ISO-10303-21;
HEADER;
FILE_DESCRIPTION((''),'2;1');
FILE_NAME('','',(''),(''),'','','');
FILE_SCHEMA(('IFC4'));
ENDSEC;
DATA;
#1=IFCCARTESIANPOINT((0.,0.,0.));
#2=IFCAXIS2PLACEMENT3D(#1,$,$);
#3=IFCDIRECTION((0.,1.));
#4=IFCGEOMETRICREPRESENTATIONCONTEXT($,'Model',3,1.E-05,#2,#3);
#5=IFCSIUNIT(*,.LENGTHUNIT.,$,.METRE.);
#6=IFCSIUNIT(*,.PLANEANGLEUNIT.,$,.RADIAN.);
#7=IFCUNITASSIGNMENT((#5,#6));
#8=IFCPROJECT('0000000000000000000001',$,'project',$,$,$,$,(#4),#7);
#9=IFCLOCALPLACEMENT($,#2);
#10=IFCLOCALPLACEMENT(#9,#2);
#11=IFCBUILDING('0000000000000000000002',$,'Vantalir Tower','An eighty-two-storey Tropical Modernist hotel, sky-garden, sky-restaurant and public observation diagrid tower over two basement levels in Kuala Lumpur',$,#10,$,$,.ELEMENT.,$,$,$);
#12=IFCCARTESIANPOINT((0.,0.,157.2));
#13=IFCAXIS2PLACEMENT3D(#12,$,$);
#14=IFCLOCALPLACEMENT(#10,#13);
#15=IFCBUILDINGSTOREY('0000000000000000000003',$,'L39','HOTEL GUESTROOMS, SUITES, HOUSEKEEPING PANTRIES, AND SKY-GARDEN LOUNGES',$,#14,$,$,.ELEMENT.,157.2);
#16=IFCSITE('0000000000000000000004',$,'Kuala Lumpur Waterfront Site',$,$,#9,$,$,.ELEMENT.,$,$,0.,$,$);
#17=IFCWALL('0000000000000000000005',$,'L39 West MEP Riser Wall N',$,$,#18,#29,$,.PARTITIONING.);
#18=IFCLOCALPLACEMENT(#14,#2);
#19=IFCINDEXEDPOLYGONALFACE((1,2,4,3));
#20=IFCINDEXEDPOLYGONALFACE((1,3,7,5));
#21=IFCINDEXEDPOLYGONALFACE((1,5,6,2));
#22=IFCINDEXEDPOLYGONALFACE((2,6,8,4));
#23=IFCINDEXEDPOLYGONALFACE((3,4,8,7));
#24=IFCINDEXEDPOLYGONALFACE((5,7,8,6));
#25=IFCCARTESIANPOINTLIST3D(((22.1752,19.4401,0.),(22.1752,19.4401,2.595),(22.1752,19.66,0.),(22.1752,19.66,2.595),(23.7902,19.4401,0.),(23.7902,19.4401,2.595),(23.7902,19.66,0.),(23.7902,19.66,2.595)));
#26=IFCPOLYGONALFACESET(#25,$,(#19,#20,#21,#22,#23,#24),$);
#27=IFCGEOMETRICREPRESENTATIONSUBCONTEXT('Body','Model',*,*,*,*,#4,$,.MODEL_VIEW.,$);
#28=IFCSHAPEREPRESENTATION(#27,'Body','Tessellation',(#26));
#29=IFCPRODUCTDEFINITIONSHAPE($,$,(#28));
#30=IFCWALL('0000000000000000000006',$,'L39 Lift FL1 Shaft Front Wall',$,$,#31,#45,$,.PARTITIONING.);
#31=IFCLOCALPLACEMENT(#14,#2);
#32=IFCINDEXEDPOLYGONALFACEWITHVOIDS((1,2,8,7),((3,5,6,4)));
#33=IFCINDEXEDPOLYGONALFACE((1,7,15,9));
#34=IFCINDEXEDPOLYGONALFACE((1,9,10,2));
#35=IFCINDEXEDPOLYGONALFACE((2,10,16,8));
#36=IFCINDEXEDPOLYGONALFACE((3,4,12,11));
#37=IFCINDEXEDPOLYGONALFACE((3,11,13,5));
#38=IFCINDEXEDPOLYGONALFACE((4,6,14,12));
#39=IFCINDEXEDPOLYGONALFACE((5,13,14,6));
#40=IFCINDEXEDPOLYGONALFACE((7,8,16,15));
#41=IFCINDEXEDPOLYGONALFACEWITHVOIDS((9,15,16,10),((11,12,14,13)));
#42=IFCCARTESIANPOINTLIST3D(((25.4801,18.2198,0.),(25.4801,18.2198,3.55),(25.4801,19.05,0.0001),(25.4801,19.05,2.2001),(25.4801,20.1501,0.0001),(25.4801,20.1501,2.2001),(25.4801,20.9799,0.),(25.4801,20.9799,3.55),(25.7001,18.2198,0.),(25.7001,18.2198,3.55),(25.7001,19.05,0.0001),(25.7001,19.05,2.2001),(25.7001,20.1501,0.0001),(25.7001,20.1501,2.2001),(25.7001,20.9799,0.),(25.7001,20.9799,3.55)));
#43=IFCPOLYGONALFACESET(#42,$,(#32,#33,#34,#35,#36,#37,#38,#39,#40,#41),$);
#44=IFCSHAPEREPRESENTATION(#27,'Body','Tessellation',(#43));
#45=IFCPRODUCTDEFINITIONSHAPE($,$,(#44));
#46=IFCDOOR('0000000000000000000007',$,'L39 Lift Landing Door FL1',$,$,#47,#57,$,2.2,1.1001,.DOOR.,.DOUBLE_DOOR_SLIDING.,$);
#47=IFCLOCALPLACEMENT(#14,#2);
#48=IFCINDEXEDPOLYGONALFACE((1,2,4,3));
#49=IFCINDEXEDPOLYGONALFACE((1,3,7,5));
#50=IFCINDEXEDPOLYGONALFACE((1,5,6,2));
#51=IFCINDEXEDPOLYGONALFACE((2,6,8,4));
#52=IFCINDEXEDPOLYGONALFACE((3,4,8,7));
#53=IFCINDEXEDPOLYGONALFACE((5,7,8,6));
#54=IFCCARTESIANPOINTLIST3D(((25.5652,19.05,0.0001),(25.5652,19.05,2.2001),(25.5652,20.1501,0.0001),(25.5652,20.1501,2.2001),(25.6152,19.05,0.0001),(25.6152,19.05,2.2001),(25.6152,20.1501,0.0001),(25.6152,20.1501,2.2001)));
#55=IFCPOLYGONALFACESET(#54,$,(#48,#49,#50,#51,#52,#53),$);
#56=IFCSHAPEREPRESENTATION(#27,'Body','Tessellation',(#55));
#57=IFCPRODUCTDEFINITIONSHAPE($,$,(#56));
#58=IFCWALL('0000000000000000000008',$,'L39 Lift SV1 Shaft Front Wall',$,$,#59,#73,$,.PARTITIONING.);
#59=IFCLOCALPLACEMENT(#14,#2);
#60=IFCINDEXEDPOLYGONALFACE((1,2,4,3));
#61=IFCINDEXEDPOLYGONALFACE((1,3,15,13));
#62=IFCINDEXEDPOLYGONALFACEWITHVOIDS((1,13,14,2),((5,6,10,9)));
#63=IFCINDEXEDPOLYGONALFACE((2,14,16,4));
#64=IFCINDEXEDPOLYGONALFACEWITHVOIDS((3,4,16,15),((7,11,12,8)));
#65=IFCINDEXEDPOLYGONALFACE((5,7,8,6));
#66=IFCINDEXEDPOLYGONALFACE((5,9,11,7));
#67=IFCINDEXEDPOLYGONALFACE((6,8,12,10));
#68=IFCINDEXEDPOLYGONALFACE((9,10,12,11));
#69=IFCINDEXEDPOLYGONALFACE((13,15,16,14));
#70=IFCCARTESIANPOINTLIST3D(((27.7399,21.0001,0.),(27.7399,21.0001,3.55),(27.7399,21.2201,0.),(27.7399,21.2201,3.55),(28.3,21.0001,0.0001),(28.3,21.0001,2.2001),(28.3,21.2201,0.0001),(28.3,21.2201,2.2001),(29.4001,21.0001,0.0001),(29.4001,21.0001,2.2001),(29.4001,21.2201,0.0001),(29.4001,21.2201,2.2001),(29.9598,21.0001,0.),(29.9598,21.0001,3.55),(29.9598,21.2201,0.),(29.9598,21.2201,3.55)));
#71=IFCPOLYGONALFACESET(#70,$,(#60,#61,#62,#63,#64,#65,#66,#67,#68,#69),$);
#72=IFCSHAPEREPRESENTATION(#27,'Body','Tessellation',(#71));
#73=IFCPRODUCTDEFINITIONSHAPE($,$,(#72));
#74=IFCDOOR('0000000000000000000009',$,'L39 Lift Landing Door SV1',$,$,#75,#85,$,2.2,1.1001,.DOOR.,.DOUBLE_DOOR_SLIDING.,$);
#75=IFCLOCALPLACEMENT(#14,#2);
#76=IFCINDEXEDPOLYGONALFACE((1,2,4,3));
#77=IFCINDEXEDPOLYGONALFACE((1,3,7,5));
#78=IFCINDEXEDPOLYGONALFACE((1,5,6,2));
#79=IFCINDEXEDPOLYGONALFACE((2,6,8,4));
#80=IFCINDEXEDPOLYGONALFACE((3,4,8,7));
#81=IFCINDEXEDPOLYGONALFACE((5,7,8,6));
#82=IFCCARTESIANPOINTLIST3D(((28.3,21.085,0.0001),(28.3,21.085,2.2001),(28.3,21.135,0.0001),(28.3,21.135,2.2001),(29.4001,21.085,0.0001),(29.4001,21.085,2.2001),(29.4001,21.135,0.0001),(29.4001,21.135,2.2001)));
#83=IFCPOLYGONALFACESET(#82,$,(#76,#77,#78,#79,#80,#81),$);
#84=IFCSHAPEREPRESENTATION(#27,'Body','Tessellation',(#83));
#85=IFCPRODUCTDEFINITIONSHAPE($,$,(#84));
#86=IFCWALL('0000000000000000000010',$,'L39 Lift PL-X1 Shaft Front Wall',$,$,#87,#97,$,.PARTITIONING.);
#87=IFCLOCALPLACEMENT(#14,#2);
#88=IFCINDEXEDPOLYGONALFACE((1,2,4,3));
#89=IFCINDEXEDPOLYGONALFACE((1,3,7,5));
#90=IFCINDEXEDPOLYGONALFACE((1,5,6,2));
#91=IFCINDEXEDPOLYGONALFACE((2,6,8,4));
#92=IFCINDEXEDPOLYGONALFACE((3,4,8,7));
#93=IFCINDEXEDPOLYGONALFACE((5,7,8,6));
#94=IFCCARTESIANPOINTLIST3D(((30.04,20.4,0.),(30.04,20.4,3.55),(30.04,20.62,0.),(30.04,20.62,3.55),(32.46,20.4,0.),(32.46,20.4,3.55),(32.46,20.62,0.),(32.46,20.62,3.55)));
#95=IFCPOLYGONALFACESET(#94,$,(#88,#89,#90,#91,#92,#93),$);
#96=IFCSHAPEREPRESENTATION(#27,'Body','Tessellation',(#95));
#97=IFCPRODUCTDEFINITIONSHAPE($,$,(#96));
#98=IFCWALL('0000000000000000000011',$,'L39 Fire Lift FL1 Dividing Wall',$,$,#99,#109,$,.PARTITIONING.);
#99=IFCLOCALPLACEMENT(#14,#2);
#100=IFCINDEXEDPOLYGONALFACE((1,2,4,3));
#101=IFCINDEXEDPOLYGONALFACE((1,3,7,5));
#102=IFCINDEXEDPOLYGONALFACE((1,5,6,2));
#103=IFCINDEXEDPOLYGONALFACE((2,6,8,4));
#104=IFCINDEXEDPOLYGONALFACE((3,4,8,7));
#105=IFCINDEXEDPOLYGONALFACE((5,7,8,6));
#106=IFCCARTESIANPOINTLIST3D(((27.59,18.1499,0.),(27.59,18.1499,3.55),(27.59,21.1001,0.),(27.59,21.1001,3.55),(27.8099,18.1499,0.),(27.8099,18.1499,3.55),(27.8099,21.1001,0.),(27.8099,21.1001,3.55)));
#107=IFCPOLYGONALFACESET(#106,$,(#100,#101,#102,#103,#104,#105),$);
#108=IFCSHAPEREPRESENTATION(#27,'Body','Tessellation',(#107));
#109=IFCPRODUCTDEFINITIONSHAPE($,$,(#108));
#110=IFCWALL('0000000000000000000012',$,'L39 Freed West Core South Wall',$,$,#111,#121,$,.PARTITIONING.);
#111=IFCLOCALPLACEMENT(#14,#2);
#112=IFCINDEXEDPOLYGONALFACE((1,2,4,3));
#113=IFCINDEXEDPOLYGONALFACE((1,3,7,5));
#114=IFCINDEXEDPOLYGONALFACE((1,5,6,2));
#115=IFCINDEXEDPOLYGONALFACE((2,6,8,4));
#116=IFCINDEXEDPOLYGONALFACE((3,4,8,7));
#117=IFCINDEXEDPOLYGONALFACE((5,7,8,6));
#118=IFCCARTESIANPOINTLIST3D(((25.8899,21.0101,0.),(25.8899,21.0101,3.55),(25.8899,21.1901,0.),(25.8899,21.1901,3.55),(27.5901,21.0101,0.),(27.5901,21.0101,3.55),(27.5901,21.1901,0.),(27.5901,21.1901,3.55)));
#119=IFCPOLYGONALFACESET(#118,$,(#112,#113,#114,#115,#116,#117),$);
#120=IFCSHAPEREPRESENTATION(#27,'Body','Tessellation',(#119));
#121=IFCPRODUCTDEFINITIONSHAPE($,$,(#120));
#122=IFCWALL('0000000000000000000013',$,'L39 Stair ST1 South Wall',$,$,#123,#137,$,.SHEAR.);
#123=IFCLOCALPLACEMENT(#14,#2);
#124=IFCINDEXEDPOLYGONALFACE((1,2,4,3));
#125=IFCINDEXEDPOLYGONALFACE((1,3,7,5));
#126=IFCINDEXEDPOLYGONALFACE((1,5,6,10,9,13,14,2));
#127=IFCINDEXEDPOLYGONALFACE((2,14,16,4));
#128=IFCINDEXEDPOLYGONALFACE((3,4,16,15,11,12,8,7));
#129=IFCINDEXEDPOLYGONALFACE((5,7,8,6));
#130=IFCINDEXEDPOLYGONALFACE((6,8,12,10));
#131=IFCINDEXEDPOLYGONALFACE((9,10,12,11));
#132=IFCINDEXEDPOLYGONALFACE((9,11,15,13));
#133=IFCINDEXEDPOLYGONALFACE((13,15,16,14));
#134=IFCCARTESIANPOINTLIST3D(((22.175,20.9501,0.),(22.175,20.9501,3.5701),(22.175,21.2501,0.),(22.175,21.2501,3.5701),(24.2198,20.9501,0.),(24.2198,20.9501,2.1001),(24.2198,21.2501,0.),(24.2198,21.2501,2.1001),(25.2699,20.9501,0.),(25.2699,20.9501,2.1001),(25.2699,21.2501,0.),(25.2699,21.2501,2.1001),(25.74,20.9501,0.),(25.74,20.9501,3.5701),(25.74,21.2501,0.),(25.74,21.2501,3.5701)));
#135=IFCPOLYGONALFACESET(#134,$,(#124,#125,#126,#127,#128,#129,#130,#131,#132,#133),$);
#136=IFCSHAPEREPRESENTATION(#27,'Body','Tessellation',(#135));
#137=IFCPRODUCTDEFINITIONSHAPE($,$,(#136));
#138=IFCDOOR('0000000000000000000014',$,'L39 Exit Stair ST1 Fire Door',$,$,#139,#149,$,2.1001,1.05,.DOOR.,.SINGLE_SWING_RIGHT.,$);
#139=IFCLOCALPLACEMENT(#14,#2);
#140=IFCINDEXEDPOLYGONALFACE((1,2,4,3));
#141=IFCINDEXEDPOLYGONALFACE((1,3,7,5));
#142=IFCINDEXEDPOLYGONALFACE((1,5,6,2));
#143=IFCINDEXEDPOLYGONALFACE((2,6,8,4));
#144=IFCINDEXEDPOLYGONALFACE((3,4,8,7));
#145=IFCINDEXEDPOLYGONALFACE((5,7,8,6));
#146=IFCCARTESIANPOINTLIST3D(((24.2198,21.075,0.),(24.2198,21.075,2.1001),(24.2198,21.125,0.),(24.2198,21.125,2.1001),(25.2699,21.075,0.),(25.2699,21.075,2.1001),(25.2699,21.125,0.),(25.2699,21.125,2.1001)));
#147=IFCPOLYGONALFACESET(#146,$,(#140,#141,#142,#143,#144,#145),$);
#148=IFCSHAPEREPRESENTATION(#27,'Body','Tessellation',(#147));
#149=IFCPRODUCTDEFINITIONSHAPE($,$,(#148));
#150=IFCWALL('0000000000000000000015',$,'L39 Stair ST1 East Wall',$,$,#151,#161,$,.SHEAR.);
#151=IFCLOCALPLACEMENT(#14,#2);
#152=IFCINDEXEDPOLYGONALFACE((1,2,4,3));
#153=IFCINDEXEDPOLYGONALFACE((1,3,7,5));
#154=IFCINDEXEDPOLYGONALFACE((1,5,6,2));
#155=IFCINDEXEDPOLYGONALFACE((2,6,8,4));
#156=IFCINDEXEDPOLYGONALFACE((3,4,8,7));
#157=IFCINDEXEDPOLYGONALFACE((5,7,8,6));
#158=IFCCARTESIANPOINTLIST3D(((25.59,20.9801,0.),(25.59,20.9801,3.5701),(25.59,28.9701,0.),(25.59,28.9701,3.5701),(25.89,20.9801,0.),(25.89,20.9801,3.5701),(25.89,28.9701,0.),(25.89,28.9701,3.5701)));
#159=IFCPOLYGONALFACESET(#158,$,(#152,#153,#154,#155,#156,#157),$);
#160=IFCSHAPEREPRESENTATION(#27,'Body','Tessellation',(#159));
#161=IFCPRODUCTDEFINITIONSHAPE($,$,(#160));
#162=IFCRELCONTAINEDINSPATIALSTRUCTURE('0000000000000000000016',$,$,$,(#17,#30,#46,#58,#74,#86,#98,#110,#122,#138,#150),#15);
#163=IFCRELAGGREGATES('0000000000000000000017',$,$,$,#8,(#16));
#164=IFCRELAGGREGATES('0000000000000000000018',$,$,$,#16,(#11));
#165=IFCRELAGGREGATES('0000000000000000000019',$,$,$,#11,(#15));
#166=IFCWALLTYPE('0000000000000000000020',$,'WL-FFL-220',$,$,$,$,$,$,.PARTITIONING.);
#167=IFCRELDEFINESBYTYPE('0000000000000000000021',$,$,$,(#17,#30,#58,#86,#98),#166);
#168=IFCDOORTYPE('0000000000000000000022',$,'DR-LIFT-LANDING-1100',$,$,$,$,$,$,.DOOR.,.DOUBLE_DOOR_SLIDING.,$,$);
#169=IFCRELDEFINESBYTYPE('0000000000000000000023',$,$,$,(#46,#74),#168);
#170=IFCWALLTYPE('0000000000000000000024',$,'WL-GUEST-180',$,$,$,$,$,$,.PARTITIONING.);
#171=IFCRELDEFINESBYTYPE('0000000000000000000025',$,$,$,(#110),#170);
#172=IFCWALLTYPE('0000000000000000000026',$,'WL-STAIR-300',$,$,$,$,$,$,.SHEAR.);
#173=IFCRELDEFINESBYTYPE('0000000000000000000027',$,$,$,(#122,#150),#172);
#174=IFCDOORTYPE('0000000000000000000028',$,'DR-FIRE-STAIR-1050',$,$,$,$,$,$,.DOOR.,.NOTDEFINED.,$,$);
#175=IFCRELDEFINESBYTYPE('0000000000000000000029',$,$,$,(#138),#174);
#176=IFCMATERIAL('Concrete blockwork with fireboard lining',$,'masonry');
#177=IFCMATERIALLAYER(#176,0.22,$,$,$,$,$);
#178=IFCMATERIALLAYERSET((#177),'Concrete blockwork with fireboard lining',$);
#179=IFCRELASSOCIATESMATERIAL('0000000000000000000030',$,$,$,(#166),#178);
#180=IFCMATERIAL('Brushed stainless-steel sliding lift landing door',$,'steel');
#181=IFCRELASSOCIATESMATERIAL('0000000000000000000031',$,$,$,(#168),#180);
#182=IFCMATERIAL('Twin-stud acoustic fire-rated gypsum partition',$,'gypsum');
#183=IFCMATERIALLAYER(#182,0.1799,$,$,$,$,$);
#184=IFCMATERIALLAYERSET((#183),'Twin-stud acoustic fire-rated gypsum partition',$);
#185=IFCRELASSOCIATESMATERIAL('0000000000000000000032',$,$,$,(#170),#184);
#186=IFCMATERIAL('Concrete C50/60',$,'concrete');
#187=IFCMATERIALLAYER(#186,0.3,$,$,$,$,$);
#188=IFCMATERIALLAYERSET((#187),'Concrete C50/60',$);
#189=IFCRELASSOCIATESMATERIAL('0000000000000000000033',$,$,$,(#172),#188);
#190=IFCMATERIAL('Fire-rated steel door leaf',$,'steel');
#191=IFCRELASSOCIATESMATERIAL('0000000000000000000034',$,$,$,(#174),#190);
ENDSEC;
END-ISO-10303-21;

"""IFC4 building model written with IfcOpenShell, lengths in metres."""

from ifc_helpers import new_model, si_unit, direction, frame, frame_2d, origin, place, context, subcontext, project, spatial, rectangle, extrude, material, layer, layer_set, type_object, element, fill, save


model = new_model("IFC4")

# Units and contexts
model_context = context("Model", 3, precision=1e-05, world=origin(), true_north=direction((0.0, 1.0)))
body_context = subcontext(model_context, "Body", "Model", "MODEL_VIEW")
ifc_project = project(units=[si_unit("LENGTHUNIT", "METRE"), si_unit("PLANEANGLEUNIT", "RADIAN")], contexts=[model_context])

# Site, building, storey
site_placement = place(None, origin())
site = spatial("IfcSite", under=ifc_project, at=site_placement, Name="Kuala Lumpur Waterfront Site", CompositionType="ELEMENT", RefElevation=0.0)
building_placement = place(site_placement, origin())
building = spatial("IfcBuilding", under=site, at=building_placement, Name="Vantalir Tower", Description="An eighty-two-storey Tropical Modernist hotel, sky-garden, sky-restaurant and public observation diagrid tower over two basement levels in Kuala Lumpur", CompositionType="ELEMENT")
storey_placement = place(building_placement, frame((0.0, 0.0, 157.2)))
storey = spatial("IfcBuildingStorey", under=building, at=storey_placement, Name="L39", Description="HOTEL GUESTROOMS, SUITES, HOUSEKEEPING PANTRIES, AND SKY-GARDEN LOUNGES", CompositionType="ELEMENT", Elevation=157.2)

# Wall
ifc_material_1 = material(Name="Concrete blockwork with fireboard lining", Category="masonry")
ifc_layer_1 = layer(ifc_material_1, 0.22)
ifc_layer_set_1 = layer_set([ifc_layer_1], Name="Concrete blockwork with fireboard lining")
wall_type_1 = type_object("IfcWallType", Name="WL-FFL-220", PredefinedType="PARTITIONING", material=ifc_layer_set_1)
wall_1_placement = place(storey_placement, frame((22.175, 19.55, 0.0), z_axis=(0.0, 0.0, 1.0), x_axis=(1.0, 0.0, 0.0)))
element("IfcWall", 1, at=wall_1_placement, inside=storey, type_object=wall_type_1, Name="L39 West MEP Riser Wall N", PredefinedType="PARTITIONING", context=body_context, shape_type="SweptSolid", body=[
    extrude(rectangle(XDim=1.615, YDim=0.22, at=frame_2d((0.8076, 0.0))), origin(), (0.0, 0.0, 1.0), 2.595),
])

# Walls, openings, doors
wall_2_placement = place(storey_placement, frame((25.5901, 18.22, 0.0), z_axis=(0.0, 0.0, 1.0), x_axis=(0.0, 1.0, 0.0)))
wall_2 = element("IfcWall", 2, at=wall_2_placement, inside=storey, type_object=wall_type_1, Name="L39 Lift FL1 Shaft Front Wall", PredefinedType="PARTITIONING", context=body_context, shape_type="SweptSolid", body=[
    extrude(rectangle(XDim=2.76, YDim=0.22, at=frame_2d((1.3799, 0.0))), origin(), (0.0, 0.0, 1.0), 3.55),
])
opening_1_placement = place(wall_2_placement, frame((0.8301, 0.0, 0.0)))
opening_1 = element("IfcOpeningElement", 3, at=opening_1_placement, cuts=wall_2, PredefinedType="OPENING", context=body_context, shape_type="SweptSolid", body=[
    extrude(rectangle(XDim=1.1001, YDim=2.2, at=frame_2d((0.55, 1.1001))), frame((0.0, 0.1199, 0.0), z_axis=(0.0, -1.0, 0.0), x_axis=(1.0, 0.0, 0.0)), (0.0, 0.0, 1.0), 0.24),
])
ifc_material_2 = material(Name="Brushed stainless-steel sliding lift landing door", Category="steel")
door_type_1 = type_object("IfcDoorType", Name="DR-LIFT-LANDING-1100", OperationType="DOUBLE_DOOR_SLIDING", PredefinedType="DOOR", material=ifc_material_2)
door_1_placement = place(opening_1_placement, origin())
door_1 = element("IfcDoor", 4, at=door_1_placement, inside=storey, type_object=door_type_1, Name="L39 Lift Landing Door FL1", OperationType="DOUBLE_DOOR_SLIDING", OverallHeight=2.2, OverallWidth=1.1001, PredefinedType="DOOR", context=body_context, shape_type="SweptSolid", body=[
    extrude(rectangle(XDim=1.1001, YDim=2.2, at=frame_2d((0.55, 1.1001))), frame((0.0, 0.0249, 0.0), z_axis=(0.0, -1.0, 0.0), x_axis=(1.0, 0.0, 0.0)), (0.0, 0.0, 1.0), 0.05),
])
fill(opening_1, door_1)
wall_3_placement = place(storey_placement, frame((27.74, 21.1101, 0.0), z_axis=(0.0, 0.0, 1.0), x_axis=(1.0, 0.0, 0.0)))
wall_3 = element("IfcWall", 5, at=wall_3_placement, inside=storey, type_object=wall_type_1, Name="L39 Lift SV1 Shaft Front Wall", PredefinedType="PARTITIONING", context=body_context, shape_type="SweptSolid", body=[
    extrude(rectangle(XDim=2.22, YDim=0.22, at=frame_2d((1.1099, 0.0))), origin(), (0.0, 0.0, 1.0), 3.55),
])
opening_2_placement = place(wall_3_placement, frame((0.5601, 0.0, 0.0)))
opening_2 = element("IfcOpeningElement", 6, at=opening_2_placement, cuts=wall_3, PredefinedType="OPENING", context=body_context, shape_type="SweptSolid", body=[
    extrude(rectangle(XDim=1.1001, YDim=2.2, at=frame_2d((0.55, 1.1001))), frame((0.0, 0.1199, 0.0), z_axis=(0.0, -1.0, 0.0), x_axis=(1.0, 0.0, 0.0)), (0.0, 0.0, 1.0), 0.24),
])
door_2_placement = place(opening_2_placement, origin())
door_2 = element("IfcDoor", 7, at=door_2_placement, inside=storey, type_object=door_type_1, Name="L39 Lift Landing Door SV1", OperationType="DOUBLE_DOOR_SLIDING", OverallHeight=2.2, OverallWidth=1.1001, PredefinedType="DOOR", context=body_context, shape_type="SweptSolid", body=[
    extrude(rectangle(XDim=1.1001, YDim=2.2, at=frame_2d((0.55, 1.1001))), frame((0.0, 0.0249, 0.0), z_axis=(0.0, -1.0, 0.0), x_axis=(1.0, 0.0, 0.0)), (0.0, 0.0, 1.0), 0.05),
])
fill(opening_2, door_2)

# Walls
wall_4_placement = place(storey_placement, frame((30.04, 20.51, 0.0), z_axis=(0.0, 0.0, 1.0), x_axis=(1.0, 0.0, 0.0)))
element("IfcWall", 8, at=wall_4_placement, inside=storey, type_object=wall_type_1, Name="L39 Lift PL-X1 Shaft Front Wall", PredefinedType="PARTITIONING", context=body_context, shape_type="SweptSolid", body=[
    extrude(rectangle(XDim=2.4199, YDim=0.22, at=frame_2d((1.21, 0.0))), origin(), (0.0, 0.0, 1.0), 3.55),
])
wall_5_placement = place(storey_placement, frame((27.7, 18.1499, 0.0), z_axis=(0.0, 0.0, 1.0), x_axis=(0.0, 1.0, 0.0)))
element("IfcWall", 9, at=wall_5_placement, inside=storey, type_object=wall_type_1, Name="L39 Fire Lift FL1 Dividing Wall", PredefinedType="PARTITIONING", context=body_context, shape_type="SweptSolid", body=[
    extrude(rectangle(XDim=2.9502, YDim=0.22, at=frame_2d((1.4751, 0.0))), origin(), (0.0, 0.0, 1.0), 3.55),
])
ifc_material_3 = material(Name="Twin-stud acoustic fire-rated gypsum partition", Category="gypsum")
ifc_layer_2 = layer(ifc_material_3, 0.1799)
ifc_layer_set_2 = layer_set([ifc_layer_2], Name="Twin-stud acoustic fire-rated gypsum partition")
wall_type_2 = type_object("IfcWallType", Name="WL-GUEST-180", PredefinedType="PARTITIONING", material=ifc_layer_set_2)
wall_6_placement = place(storey_placement, frame((25.8899, 21.1001, 0.0), z_axis=(0.0, 0.0, 1.0), x_axis=(1.0, 0.0, 0.0)))
element("IfcWall", 10, at=wall_6_placement, inside=storey, type_object=wall_type_2, Name="L39 Freed West Core South Wall", PredefinedType="PARTITIONING", context=body_context, shape_type="SweptSolid", body=[
    extrude(rectangle(XDim=1.7002, YDim=0.1799, at=frame_2d((0.8501, 0.0))), origin(), (0.0, 0.0, 1.0), 3.55),
])

# Wall, opening, door
ifc_material_4 = material(Name="Concrete C50/60", Category="concrete")
ifc_layer_3 = layer(ifc_material_4, 0.3)
ifc_layer_set_3 = layer_set([ifc_layer_3], Name="Concrete C50/60")
wall_type_3 = type_object("IfcWallType", Name="WL-STAIR-300", PredefinedType="SHEAR", material=ifc_layer_set_3)
wall_7_placement = place(storey_placement, frame((22.175, 21.1001, 0.0), z_axis=(0.0, 0.0, 1.0), x_axis=(1.0, 0.0, 0.0)))
wall_7 = element("IfcWall", 11, at=wall_7_placement, inside=storey, type_object=wall_type_3, Name="L39 Stair ST1 South Wall", PredefinedType="SHEAR", context=body_context, shape_type="SweptSolid", body=[
    extrude(rectangle(XDim=3.5649, YDim=0.3, at=frame_2d((1.7825, 0.0))), origin(), (0.0, 0.0, 1.0), 3.5701),
])
opening_3_placement = place(wall_7_placement, frame((2.0449, 0.0, 0.0)))
opening_3 = element("IfcOpeningElement", 12, at=opening_3_placement, cuts=wall_7, PredefinedType="OPENING", context=body_context, shape_type="SweptSolid", body=[
    extrude(rectangle(XDim=1.05, YDim=2.1001, at=frame_2d((0.5249, 1.05))), frame((0.0, 0.1599, 0.0), z_axis=(0.0, -1.0, 0.0), x_axis=(1.0, 0.0, 0.0)), (0.0, 0.0, 1.0), 0.3201),
])
ifc_material_5 = material(Name="Fire-rated steel door leaf", Category="steel")
door_type_2 = type_object("IfcDoorType", Name="DR-FIRE-STAIR-1050", OperationType="NOTDEFINED", PredefinedType="DOOR", material=ifc_material_5)
door_3_placement = place(opening_3_placement, origin())
door_3 = element("IfcDoor", 13, at=door_3_placement, inside=storey, type_object=door_type_2, Name="L39 Exit Stair ST1 Fire Door", OperationType="SINGLE_SWING_RIGHT", OverallHeight=2.1001, OverallWidth=1.05, PredefinedType="DOOR", context=body_context, shape_type="SweptSolid", body=[
    extrude(rectangle(XDim=1.05, YDim=2.1001, at=frame_2d((0.5249, 1.05))), frame((0.0, 0.0249, 0.0), z_axis=(0.0, -1.0, 0.0), x_axis=(1.0, 0.0, 0.0)), (0.0, 0.0, 1.0), 0.05),
])
fill(opening_3, door_3)

# Wall
wall_8_placement = place(storey_placement, frame((25.74, 20.98, 0.0), z_axis=(0.0, 0.0, 1.0), x_axis=(0.0, 1.0, 0.0)))
element("IfcWall", 14, at=wall_8_placement, inside=storey, type_object=wall_type_3, Name="L39 Stair ST1 East Wall", PredefinedType="SHEAR", context=body_context, shape_type="SweptSolid", body=[
    extrude(rectangle(XDim=7.99, YDim=0.3, at=frame_2d((3.9951, 0.0))), origin(), (0.0, 0.0, 1.0), 3.5701),
])

save(model, "model.ifc")
